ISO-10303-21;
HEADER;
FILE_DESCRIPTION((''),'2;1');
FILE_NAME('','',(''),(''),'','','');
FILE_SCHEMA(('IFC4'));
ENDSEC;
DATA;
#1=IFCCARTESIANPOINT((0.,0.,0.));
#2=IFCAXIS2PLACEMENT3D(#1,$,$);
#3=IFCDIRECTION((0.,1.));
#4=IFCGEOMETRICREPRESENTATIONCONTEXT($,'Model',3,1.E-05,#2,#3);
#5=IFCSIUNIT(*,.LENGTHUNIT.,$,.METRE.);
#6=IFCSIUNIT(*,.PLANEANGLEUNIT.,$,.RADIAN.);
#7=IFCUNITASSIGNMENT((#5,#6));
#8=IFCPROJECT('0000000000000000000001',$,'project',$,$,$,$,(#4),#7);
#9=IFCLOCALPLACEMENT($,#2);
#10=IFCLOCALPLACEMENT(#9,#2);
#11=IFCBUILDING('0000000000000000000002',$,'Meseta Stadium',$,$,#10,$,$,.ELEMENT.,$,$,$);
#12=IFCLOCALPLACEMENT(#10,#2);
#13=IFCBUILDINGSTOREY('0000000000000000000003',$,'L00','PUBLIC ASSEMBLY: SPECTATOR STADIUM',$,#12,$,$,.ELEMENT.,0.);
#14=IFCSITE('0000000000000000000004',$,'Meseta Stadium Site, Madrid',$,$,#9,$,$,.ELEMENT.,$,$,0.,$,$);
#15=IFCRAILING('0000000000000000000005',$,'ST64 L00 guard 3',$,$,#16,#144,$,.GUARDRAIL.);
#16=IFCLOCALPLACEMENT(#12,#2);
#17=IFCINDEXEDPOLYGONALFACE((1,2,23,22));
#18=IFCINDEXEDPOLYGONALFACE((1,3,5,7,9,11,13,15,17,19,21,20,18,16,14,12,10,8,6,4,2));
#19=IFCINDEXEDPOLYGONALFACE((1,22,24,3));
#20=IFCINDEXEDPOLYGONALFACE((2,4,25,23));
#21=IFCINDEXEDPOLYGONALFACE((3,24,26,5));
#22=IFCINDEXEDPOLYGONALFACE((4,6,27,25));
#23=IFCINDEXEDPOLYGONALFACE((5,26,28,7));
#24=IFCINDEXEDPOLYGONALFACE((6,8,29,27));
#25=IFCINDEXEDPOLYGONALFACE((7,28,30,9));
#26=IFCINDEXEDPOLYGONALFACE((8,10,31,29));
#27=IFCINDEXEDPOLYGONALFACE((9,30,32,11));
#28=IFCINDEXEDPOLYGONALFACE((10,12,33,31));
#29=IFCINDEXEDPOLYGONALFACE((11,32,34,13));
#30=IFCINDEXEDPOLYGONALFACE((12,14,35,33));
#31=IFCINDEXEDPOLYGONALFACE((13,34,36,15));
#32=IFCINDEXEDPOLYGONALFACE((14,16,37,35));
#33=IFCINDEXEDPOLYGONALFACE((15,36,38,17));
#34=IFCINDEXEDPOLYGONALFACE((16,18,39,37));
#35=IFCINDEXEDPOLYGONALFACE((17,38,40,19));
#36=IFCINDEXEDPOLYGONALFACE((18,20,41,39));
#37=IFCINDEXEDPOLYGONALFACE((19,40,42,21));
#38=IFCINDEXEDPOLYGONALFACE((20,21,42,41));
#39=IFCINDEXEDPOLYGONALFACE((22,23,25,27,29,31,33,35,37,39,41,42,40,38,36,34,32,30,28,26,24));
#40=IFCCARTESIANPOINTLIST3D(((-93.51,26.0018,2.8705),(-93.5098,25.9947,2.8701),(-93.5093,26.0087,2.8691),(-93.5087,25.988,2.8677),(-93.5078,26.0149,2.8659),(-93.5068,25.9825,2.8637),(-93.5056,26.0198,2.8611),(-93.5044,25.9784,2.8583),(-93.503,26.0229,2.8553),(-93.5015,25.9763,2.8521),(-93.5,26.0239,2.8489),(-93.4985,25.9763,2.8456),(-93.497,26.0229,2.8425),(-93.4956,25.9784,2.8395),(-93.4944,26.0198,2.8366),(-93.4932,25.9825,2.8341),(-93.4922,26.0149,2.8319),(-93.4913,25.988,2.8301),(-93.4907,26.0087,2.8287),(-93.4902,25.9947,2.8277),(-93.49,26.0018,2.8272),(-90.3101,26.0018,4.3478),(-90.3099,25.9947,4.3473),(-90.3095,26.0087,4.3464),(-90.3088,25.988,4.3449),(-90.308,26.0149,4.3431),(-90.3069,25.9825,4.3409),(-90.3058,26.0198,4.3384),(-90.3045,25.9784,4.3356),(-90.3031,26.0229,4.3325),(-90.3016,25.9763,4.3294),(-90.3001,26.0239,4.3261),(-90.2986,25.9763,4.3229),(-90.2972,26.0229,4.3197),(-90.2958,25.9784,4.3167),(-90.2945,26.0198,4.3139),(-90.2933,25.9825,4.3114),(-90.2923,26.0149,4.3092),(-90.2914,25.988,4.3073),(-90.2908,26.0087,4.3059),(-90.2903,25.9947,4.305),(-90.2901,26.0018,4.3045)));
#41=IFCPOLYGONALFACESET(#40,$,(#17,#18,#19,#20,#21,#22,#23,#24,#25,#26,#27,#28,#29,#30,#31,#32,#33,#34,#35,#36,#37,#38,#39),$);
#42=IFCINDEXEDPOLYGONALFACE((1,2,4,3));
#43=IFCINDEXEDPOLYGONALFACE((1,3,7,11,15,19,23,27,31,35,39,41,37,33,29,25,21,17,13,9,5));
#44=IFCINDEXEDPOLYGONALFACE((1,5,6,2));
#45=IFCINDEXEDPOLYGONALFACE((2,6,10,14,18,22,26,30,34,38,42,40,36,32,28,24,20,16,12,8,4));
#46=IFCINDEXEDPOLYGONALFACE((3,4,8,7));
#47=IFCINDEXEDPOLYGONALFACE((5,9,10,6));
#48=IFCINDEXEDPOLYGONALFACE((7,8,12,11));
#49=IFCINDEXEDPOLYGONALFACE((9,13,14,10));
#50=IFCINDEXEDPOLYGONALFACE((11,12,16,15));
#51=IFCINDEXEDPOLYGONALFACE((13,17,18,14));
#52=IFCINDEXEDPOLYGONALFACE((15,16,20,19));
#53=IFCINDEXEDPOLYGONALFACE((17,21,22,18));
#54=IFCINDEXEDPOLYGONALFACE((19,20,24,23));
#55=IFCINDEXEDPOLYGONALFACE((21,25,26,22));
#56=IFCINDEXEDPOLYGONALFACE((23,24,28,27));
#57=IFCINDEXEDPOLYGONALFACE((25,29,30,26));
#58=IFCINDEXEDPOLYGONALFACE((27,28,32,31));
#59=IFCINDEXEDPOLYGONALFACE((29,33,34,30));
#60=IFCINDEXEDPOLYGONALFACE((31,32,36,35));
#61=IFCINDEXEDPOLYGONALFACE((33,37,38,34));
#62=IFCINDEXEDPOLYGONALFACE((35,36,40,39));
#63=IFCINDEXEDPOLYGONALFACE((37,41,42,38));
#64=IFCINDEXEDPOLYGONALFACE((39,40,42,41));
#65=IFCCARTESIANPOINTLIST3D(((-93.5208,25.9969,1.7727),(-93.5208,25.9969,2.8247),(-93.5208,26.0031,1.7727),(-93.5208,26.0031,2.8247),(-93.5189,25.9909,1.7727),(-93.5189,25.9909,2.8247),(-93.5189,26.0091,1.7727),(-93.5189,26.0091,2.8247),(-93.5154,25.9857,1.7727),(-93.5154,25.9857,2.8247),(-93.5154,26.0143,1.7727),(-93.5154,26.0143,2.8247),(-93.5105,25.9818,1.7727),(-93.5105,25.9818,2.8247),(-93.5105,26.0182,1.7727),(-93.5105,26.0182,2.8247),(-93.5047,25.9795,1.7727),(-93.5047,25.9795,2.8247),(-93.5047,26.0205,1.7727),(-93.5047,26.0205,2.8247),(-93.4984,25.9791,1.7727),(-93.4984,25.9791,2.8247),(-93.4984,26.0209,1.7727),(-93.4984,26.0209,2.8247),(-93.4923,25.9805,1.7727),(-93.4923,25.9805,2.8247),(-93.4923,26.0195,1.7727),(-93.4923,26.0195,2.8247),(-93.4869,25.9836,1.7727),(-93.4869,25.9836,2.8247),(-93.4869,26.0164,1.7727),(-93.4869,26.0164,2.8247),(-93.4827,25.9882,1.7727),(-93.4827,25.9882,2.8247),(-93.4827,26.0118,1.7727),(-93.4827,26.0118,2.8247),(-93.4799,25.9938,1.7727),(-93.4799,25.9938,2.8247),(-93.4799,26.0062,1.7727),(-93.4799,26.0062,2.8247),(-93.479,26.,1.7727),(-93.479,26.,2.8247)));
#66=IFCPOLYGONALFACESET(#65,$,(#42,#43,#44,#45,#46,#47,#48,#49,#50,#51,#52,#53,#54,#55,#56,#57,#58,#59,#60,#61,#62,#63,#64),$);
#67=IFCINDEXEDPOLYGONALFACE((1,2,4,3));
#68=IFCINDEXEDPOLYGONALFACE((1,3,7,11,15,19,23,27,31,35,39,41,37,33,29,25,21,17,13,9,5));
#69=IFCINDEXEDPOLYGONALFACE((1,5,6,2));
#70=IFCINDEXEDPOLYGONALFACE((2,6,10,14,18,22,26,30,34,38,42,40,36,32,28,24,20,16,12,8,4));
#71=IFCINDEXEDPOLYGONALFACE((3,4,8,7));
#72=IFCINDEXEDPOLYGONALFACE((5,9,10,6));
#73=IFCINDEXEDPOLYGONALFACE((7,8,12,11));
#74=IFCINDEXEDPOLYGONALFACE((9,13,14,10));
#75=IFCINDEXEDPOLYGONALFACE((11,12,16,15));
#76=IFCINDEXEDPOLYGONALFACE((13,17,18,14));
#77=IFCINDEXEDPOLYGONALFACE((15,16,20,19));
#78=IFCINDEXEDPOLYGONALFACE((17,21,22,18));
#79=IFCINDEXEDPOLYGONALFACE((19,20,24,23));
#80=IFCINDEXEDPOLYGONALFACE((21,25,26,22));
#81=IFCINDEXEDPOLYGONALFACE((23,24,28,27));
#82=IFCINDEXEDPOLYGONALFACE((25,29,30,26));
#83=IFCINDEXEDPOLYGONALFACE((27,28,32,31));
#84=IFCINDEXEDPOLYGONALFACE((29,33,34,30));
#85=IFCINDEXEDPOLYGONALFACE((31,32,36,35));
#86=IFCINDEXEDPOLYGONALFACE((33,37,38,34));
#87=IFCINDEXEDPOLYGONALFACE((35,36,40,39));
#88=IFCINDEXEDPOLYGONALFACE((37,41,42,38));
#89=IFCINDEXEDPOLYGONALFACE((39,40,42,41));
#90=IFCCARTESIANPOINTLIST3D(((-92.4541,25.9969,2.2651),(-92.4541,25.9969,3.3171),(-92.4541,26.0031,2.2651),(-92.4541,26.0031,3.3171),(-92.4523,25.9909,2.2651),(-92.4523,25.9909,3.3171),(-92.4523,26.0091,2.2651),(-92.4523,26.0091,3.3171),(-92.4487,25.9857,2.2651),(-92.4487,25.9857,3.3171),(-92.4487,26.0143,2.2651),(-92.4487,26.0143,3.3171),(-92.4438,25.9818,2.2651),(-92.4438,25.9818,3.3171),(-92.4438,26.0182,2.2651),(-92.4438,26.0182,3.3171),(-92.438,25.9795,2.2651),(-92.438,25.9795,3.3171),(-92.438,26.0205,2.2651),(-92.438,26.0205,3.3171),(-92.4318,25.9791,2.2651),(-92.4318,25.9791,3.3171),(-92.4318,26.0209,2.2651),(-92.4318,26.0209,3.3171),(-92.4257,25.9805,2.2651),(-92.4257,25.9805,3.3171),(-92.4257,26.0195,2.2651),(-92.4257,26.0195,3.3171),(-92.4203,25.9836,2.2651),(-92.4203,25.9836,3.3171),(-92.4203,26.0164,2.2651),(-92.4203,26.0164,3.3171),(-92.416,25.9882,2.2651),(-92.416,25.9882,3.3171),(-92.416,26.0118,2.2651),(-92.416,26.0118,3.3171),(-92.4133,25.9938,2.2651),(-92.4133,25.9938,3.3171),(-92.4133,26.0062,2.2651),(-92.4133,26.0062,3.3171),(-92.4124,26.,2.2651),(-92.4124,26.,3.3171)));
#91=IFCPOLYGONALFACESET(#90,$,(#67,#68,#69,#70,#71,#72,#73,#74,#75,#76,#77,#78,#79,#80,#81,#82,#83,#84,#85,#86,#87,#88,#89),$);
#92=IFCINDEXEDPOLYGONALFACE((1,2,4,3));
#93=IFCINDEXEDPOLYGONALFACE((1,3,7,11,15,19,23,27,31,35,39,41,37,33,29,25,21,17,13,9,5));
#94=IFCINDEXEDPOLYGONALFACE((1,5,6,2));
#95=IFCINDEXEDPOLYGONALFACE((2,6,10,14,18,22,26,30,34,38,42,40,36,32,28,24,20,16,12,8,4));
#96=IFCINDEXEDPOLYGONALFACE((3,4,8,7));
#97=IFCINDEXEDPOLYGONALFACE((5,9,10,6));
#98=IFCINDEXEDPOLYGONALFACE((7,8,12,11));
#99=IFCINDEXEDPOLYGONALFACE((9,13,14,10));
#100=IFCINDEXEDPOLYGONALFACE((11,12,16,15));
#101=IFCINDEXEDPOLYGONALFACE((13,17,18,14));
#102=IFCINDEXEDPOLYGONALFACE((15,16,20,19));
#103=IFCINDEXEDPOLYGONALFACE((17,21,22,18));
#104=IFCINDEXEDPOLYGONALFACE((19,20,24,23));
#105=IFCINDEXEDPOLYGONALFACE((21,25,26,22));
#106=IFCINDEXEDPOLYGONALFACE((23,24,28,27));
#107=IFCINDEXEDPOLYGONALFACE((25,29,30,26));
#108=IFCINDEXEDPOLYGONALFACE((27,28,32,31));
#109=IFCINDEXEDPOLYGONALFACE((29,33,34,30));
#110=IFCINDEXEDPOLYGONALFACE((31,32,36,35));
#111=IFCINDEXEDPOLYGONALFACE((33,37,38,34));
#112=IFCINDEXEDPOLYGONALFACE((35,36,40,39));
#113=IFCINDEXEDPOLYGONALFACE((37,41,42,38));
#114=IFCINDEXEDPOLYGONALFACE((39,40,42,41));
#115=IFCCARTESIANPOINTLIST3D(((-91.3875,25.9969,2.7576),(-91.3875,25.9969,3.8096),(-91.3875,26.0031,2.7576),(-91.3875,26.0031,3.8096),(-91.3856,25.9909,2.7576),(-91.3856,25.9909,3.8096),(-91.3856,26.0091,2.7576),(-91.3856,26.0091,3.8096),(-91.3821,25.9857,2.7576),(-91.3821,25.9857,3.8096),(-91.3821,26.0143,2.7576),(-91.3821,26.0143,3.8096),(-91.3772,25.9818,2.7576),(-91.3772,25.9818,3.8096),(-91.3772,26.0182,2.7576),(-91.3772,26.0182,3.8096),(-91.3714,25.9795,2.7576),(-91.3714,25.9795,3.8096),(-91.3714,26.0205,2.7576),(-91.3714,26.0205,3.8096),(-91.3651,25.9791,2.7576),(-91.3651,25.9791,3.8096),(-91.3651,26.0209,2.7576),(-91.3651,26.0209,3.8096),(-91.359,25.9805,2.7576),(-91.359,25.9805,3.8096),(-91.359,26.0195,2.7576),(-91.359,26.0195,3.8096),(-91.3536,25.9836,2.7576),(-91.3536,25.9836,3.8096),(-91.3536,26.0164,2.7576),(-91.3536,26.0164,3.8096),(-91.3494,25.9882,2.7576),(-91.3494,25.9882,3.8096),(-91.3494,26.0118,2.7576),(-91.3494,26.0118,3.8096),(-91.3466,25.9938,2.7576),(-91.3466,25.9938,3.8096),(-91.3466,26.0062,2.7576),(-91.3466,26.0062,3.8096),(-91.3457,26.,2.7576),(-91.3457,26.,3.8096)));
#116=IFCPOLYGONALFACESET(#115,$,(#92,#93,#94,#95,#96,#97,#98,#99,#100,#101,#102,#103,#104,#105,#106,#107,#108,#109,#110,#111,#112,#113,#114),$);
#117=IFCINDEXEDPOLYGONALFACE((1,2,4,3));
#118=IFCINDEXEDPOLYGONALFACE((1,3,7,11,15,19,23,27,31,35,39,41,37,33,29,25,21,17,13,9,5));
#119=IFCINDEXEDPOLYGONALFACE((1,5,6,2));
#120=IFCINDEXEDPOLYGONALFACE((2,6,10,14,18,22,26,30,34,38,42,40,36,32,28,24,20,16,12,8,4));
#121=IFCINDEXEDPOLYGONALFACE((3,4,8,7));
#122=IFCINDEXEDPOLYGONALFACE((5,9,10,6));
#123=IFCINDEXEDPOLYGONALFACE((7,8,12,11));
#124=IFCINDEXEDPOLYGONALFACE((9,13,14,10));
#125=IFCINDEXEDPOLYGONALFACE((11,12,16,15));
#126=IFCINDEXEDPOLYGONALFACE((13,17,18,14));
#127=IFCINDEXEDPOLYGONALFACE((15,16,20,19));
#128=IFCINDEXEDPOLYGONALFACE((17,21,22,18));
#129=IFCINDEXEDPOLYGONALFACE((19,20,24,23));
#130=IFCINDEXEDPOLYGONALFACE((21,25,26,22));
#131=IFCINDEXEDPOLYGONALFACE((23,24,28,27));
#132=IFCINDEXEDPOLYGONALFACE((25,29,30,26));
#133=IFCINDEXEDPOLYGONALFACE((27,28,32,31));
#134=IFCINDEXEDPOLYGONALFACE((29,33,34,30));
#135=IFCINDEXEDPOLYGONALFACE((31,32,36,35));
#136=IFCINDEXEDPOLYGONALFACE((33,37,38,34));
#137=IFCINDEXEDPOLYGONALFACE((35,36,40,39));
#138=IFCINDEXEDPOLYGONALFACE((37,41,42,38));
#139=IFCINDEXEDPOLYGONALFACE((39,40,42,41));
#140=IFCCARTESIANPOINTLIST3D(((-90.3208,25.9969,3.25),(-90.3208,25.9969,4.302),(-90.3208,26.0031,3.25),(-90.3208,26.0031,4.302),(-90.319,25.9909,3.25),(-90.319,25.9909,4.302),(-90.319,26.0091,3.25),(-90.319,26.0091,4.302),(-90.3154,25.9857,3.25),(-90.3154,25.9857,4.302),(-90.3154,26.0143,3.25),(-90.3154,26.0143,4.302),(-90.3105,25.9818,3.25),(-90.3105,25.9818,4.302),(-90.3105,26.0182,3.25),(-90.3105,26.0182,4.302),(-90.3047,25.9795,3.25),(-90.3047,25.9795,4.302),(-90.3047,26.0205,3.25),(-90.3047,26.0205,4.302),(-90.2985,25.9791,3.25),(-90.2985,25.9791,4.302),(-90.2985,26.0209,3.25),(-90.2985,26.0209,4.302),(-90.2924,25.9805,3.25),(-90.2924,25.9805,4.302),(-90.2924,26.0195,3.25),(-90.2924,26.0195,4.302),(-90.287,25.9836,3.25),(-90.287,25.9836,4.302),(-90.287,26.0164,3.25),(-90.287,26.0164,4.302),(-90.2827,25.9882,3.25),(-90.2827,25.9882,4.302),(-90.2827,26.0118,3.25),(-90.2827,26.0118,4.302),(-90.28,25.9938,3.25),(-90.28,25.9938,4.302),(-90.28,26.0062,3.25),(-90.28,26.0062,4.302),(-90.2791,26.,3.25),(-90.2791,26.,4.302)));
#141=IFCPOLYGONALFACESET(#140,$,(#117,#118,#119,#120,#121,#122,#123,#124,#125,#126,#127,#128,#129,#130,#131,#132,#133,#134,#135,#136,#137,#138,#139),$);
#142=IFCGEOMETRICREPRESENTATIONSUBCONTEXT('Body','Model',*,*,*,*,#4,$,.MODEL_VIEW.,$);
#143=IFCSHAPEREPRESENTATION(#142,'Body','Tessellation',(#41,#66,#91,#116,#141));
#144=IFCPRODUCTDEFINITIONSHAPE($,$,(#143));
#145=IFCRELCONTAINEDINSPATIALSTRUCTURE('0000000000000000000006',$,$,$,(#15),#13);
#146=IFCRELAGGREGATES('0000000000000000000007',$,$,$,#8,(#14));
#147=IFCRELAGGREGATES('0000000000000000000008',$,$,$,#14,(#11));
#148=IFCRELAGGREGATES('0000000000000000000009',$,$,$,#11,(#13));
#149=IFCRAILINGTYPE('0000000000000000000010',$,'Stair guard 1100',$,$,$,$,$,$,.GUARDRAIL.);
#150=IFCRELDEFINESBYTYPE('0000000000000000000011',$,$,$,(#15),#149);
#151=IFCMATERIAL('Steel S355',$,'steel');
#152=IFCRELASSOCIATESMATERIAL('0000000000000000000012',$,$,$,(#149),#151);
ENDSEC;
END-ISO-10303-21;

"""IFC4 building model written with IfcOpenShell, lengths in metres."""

from ifc_helpers import new_model, si_unit, direction, frame, origin, origin_2d, place, context, subcontext, project, spatial, circle, extrude, material, type_object, element, save


model = new_model("IFC4")

# Units and contexts
model_context = context("Model", 3, precision=1e-05, world=origin(), true_north=direction((0.0, 1.0)))
body_context = subcontext(model_context, "Body", "Model", "MODEL_VIEW")
ifc_project = project(units=[si_unit("LENGTHUNIT", "METRE"), si_unit("PLANEANGLEUNIT", "RADIAN")], contexts=[model_context])

# Site, building, storey
site_placement = place(None, origin())
site = spatial("IfcSite", under=ifc_project, at=site_placement, Name="Meseta Stadium Site, Madrid", CompositionType="ELEMENT", RefElevation=0.0)
building_placement = place(site_placement, origin())
building = spatial("IfcBuilding", under=site, at=building_placement, Name="Meseta Stadium", CompositionType="ELEMENT")
storey_placement = place(building_placement, origin())
storey = spatial("IfcBuildingStorey", under=building, at=storey_placement, Name="L00", Description="PUBLIC ASSEMBLY: SPECTATOR STADIUM", CompositionType="ELEMENT", Elevation=0.0)

# Railing
ifc_material_1 = material(Name="Steel S355", Category="steel")
railing_type_1 = type_object("IfcRailingType", Name="Stair guard 1100", PredefinedType="GUARDRAIL", material=ifc_material_1)
railing_1_placement = place(storey_placement, frame((-93.5, 26.0, 1.7727)))
element("IfcRailing", 1, at=railing_1_placement, inside=storey, type_object=railing_type_1, Name="ST64 L00 guard 3", PredefinedType="GUARDRAIL", context=body_context, shape_type="SweptSolid", body=[
    extrude(circle(Radius=0.0239, at=origin_2d()), frame((0.0, 0.0, 1.0762), z_axis=(0.907917, 0.0, 0.41915), x_axis=(0.0, 1.0, 0.0)), (0.0, 0.0, 1.0), 3.5244),
    extrude(circle(Radius=0.021, at=origin_2d()), origin(), (0.0, 0.0, 1.0), 1.052),
    extrude(circle(Radius=0.021, at=origin_2d()), frame((1.0667, 0.0, 0.4924)), (0.0, 0.0, 1.0), 1.052),
    extrude(circle(Radius=0.021, at=origin_2d()), frame((2.1333, 0.0, 0.9849)), (0.0, 0.0, 1.0), 1.052),
    extrude(circle(Radius=0.021, at=origin_2d()), frame((3.2, 0.0, 1.4773)), (0.0, 0.0, 1.0), 1.052),
])

save(model, "model.ifc")
